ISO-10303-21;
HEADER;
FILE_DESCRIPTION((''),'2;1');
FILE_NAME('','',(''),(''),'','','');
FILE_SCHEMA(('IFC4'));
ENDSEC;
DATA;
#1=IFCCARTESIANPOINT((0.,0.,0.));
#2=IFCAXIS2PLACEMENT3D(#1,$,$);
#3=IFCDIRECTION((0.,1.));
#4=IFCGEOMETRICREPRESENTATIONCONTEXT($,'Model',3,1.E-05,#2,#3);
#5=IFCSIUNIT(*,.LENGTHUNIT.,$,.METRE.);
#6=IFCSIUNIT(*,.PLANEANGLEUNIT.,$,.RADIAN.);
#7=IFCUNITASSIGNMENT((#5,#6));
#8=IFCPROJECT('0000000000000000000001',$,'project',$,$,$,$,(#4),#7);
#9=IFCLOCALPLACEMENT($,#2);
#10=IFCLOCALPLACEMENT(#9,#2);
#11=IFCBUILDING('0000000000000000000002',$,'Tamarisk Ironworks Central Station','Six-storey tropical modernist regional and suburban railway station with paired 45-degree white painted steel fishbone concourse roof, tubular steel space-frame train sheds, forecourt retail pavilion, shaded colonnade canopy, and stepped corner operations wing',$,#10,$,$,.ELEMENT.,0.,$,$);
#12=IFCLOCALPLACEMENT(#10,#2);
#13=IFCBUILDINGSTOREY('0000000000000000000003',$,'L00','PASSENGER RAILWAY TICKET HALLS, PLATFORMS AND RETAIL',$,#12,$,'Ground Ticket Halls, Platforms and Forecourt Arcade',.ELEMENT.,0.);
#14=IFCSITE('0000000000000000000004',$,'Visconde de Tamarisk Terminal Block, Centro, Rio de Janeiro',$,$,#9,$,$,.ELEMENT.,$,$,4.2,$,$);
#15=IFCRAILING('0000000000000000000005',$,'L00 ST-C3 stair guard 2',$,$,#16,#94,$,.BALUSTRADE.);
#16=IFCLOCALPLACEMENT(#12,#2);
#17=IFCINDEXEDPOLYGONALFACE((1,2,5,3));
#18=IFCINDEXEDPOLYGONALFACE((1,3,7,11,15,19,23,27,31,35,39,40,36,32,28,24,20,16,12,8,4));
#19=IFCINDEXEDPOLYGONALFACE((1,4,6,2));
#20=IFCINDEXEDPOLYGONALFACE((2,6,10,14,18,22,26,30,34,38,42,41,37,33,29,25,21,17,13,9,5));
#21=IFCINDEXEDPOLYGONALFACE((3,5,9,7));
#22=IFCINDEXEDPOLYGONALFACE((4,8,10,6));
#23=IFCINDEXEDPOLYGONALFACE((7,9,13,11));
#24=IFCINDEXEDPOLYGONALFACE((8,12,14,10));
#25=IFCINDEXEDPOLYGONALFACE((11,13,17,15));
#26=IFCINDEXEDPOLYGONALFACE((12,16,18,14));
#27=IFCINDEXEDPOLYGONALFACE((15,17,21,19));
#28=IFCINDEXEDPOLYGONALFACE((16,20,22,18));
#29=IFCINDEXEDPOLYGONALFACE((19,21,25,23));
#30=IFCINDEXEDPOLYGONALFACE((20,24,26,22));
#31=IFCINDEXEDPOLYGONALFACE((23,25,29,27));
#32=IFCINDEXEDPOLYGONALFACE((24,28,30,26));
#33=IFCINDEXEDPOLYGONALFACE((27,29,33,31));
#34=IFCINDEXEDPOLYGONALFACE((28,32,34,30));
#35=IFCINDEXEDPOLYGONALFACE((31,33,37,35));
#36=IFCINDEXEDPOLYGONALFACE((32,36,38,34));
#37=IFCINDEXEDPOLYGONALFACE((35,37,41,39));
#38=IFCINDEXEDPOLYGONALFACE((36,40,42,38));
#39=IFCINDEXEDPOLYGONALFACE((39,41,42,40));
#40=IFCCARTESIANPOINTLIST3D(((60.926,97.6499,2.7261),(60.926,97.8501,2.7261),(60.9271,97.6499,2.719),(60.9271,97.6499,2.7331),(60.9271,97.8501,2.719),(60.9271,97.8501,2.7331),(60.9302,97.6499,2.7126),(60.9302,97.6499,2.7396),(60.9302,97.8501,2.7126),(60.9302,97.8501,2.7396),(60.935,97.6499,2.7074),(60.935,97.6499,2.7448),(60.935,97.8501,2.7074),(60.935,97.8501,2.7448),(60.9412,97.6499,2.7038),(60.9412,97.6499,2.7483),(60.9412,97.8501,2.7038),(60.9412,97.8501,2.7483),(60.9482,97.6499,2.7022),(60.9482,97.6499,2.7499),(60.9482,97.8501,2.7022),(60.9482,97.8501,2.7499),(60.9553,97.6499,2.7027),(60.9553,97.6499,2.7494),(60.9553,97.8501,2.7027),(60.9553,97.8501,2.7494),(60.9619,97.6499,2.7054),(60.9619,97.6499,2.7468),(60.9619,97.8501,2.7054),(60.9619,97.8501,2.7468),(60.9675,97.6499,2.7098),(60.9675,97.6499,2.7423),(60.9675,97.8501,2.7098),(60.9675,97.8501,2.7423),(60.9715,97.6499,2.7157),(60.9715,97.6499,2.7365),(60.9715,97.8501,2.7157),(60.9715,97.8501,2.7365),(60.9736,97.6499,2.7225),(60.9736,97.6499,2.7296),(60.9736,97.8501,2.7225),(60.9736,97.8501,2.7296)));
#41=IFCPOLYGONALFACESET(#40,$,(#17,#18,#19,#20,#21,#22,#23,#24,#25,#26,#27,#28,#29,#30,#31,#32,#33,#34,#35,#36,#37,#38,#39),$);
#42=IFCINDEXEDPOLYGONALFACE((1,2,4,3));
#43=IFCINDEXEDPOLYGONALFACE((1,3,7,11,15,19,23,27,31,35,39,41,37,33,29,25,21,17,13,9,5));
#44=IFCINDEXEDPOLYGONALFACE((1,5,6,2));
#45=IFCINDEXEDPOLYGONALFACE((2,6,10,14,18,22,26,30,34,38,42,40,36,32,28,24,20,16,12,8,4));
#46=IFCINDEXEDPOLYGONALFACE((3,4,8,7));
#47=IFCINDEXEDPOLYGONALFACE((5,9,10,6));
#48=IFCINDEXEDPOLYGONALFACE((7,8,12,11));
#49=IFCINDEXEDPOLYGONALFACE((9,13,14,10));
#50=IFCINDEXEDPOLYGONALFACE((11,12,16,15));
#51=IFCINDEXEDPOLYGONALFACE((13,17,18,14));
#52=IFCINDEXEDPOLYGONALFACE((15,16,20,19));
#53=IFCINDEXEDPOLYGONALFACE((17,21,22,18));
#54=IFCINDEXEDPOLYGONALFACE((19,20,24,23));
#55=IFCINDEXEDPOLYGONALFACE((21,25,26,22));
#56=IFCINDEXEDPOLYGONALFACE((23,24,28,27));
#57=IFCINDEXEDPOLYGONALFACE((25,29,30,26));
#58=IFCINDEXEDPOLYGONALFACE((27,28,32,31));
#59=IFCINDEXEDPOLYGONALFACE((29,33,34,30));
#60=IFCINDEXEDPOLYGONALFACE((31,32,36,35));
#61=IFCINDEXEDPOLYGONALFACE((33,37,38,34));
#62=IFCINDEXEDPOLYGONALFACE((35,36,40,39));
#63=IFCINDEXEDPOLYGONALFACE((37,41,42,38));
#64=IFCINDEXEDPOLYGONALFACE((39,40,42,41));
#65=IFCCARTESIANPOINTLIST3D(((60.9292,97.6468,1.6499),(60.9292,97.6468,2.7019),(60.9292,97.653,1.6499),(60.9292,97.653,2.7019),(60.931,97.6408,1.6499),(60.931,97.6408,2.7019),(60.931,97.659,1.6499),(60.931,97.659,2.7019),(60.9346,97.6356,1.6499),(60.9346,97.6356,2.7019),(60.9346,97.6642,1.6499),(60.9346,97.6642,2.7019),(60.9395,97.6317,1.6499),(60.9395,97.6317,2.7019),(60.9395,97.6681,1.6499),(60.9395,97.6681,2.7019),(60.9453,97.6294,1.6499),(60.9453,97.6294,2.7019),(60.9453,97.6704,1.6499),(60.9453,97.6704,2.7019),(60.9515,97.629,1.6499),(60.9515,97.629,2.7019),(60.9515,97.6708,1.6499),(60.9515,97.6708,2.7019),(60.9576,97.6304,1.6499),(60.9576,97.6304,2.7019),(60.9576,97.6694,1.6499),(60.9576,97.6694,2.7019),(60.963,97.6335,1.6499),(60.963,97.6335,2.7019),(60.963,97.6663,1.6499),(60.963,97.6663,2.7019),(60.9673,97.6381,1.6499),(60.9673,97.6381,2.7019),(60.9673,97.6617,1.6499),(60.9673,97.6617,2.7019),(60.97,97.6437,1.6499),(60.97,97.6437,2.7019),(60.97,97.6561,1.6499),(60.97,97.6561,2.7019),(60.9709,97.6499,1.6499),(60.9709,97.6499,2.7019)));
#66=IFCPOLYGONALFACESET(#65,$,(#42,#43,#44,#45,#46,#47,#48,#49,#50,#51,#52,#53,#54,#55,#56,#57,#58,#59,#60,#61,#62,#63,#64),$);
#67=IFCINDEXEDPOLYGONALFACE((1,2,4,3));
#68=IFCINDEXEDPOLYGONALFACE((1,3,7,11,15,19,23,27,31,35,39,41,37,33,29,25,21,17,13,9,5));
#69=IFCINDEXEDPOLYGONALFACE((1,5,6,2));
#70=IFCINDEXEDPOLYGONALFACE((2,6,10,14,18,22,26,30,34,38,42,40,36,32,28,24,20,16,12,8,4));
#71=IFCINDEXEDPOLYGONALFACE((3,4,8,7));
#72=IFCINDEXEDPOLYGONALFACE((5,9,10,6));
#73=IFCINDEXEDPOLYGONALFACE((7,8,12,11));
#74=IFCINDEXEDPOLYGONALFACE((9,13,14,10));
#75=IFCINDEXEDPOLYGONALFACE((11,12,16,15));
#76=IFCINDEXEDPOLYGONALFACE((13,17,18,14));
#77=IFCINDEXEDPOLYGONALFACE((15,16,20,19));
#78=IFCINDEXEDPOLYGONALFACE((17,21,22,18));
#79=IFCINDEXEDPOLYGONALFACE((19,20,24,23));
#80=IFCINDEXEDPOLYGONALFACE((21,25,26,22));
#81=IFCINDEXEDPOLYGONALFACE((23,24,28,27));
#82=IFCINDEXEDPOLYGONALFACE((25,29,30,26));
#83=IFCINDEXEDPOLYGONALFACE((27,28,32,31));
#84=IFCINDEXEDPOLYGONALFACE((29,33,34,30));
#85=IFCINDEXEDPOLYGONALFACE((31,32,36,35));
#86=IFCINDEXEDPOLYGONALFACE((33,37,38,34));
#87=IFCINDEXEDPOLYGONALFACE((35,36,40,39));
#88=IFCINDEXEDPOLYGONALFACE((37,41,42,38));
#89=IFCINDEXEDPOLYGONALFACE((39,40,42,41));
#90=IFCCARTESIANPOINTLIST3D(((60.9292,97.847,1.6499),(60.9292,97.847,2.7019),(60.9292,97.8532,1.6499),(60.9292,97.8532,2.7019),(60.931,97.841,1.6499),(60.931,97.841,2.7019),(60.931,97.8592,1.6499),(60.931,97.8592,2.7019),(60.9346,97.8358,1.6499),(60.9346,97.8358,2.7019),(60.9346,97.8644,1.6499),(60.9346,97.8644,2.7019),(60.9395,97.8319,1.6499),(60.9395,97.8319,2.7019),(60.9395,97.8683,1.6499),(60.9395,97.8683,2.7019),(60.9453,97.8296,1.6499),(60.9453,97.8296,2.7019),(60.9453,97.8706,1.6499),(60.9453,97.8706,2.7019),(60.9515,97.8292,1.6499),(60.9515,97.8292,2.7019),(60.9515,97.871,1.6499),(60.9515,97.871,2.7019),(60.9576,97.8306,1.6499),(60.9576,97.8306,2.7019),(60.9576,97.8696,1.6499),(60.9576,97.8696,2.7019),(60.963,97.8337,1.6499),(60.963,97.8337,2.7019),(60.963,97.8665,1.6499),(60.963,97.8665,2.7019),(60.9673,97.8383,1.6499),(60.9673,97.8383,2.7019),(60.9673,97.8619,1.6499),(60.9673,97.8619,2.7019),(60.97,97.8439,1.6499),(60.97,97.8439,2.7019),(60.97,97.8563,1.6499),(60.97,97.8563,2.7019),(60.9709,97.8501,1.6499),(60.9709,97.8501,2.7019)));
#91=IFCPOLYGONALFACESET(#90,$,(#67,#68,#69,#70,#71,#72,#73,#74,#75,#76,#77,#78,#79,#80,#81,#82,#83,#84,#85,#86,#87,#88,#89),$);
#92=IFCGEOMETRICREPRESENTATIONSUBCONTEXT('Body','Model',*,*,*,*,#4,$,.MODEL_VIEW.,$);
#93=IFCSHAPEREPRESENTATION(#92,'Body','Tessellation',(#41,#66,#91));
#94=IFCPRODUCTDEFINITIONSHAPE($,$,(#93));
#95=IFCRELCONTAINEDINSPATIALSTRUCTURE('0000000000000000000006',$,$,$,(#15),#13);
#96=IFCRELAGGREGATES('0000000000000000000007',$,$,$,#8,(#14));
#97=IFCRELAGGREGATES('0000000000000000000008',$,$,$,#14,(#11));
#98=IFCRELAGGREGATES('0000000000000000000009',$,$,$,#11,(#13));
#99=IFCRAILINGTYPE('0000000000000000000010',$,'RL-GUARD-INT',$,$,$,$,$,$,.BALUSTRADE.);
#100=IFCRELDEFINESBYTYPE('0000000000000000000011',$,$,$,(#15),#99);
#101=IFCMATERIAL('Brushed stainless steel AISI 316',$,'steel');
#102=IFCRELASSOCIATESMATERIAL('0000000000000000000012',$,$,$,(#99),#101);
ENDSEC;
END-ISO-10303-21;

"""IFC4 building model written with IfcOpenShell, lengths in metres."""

from ifc_helpers import new_model, si_unit, direction, frame, origin, origin_2d, place, context, subcontext, project, spatial, circle, extrude, material, type_object, element, save


model = new_model("IFC4")

# Units and contexts
model_context = context("Model", 3, precision=1e-05, world=origin(), true_north=direction((0.0, 1.0)))
body_context = subcontext(model_context, "Body", "Model", "MODEL_VIEW")
ifc_project = project(units=[si_unit("LENGTHUNIT", "METRE"), si_unit("PLANEANGLEUNIT", "RADIAN")], contexts=[model_context])

# Site, building, storey
site_placement = place(None, origin())
site = spatial("IfcSite", under=ifc_project, at=site_placement, Name="Visconde de Tamarisk Terminal Block, Centro, Rio de Janeiro", CompositionType="ELEMENT", RefElevation=4.2)
building_placement = place(site_placement, origin())
building = spatial("IfcBuilding", under=site, at=building_placement, Name="Tamarisk Ironworks Central Station", Description="Six-storey tropical modernist regional and suburban railway station with paired 45-degree white painted steel fishbone concourse roof, tubular steel space-frame train sheds, forecourt retail pavilion, shaded colonnade canopy, and stepped corner operations wing", CompositionType="ELEMENT", ElevationOfRefHeight=0.0)
storey_placement = place(building_placement, origin())
storey = spatial("IfcBuildingStorey", under=building, at=storey_placement, Name="L00", Description="PASSENGER RAILWAY TICKET HALLS, PLATFORMS AND RETAIL", LongName="Ground Ticket Halls, Platforms and Forecourt Arcade", CompositionType="ELEMENT", Elevation=0.0)

# Railing
ifc_material_1 = material(Name="Brushed stainless steel AISI 316", Category="steel")
railing_type_1 = type_object("IfcRailingType", Name="RL-GUARD-INT", PredefinedType="BALUSTRADE", material=ifc_material_1)
railing_1_placement = place(storey_placement, frame((60.95, 97.6499, 1.6499)))
element("IfcRailing", 1, at=railing_1_placement, inside=storey, type_object=railing_type_1, Name="L00 ST-C3 stair guard 2", PredefinedType="BALUSTRADE", context=body_context, shape_type="SweptSolid", body=[
    extrude(circle(Radius=0.0239, at=origin_2d()), frame((0.0, 0.0, 1.0762), z_axis=(0.0, 1.0, 0.0), x_axis=(-1.0, 0.0, 0.0)), (0.0, 0.0, 1.0), 0.2002),
    extrude(circle(Radius=0.021, at=origin_2d()), origin(), (0.0, 0.0, 1.0), 1.052),
    extrude(circle(Radius=0.021, at=origin_2d()), frame((0.0, 0.2002, 0.0)), (0.0, 0.0, 1.0), 1.052),
])

save(model, "model.ifc")
